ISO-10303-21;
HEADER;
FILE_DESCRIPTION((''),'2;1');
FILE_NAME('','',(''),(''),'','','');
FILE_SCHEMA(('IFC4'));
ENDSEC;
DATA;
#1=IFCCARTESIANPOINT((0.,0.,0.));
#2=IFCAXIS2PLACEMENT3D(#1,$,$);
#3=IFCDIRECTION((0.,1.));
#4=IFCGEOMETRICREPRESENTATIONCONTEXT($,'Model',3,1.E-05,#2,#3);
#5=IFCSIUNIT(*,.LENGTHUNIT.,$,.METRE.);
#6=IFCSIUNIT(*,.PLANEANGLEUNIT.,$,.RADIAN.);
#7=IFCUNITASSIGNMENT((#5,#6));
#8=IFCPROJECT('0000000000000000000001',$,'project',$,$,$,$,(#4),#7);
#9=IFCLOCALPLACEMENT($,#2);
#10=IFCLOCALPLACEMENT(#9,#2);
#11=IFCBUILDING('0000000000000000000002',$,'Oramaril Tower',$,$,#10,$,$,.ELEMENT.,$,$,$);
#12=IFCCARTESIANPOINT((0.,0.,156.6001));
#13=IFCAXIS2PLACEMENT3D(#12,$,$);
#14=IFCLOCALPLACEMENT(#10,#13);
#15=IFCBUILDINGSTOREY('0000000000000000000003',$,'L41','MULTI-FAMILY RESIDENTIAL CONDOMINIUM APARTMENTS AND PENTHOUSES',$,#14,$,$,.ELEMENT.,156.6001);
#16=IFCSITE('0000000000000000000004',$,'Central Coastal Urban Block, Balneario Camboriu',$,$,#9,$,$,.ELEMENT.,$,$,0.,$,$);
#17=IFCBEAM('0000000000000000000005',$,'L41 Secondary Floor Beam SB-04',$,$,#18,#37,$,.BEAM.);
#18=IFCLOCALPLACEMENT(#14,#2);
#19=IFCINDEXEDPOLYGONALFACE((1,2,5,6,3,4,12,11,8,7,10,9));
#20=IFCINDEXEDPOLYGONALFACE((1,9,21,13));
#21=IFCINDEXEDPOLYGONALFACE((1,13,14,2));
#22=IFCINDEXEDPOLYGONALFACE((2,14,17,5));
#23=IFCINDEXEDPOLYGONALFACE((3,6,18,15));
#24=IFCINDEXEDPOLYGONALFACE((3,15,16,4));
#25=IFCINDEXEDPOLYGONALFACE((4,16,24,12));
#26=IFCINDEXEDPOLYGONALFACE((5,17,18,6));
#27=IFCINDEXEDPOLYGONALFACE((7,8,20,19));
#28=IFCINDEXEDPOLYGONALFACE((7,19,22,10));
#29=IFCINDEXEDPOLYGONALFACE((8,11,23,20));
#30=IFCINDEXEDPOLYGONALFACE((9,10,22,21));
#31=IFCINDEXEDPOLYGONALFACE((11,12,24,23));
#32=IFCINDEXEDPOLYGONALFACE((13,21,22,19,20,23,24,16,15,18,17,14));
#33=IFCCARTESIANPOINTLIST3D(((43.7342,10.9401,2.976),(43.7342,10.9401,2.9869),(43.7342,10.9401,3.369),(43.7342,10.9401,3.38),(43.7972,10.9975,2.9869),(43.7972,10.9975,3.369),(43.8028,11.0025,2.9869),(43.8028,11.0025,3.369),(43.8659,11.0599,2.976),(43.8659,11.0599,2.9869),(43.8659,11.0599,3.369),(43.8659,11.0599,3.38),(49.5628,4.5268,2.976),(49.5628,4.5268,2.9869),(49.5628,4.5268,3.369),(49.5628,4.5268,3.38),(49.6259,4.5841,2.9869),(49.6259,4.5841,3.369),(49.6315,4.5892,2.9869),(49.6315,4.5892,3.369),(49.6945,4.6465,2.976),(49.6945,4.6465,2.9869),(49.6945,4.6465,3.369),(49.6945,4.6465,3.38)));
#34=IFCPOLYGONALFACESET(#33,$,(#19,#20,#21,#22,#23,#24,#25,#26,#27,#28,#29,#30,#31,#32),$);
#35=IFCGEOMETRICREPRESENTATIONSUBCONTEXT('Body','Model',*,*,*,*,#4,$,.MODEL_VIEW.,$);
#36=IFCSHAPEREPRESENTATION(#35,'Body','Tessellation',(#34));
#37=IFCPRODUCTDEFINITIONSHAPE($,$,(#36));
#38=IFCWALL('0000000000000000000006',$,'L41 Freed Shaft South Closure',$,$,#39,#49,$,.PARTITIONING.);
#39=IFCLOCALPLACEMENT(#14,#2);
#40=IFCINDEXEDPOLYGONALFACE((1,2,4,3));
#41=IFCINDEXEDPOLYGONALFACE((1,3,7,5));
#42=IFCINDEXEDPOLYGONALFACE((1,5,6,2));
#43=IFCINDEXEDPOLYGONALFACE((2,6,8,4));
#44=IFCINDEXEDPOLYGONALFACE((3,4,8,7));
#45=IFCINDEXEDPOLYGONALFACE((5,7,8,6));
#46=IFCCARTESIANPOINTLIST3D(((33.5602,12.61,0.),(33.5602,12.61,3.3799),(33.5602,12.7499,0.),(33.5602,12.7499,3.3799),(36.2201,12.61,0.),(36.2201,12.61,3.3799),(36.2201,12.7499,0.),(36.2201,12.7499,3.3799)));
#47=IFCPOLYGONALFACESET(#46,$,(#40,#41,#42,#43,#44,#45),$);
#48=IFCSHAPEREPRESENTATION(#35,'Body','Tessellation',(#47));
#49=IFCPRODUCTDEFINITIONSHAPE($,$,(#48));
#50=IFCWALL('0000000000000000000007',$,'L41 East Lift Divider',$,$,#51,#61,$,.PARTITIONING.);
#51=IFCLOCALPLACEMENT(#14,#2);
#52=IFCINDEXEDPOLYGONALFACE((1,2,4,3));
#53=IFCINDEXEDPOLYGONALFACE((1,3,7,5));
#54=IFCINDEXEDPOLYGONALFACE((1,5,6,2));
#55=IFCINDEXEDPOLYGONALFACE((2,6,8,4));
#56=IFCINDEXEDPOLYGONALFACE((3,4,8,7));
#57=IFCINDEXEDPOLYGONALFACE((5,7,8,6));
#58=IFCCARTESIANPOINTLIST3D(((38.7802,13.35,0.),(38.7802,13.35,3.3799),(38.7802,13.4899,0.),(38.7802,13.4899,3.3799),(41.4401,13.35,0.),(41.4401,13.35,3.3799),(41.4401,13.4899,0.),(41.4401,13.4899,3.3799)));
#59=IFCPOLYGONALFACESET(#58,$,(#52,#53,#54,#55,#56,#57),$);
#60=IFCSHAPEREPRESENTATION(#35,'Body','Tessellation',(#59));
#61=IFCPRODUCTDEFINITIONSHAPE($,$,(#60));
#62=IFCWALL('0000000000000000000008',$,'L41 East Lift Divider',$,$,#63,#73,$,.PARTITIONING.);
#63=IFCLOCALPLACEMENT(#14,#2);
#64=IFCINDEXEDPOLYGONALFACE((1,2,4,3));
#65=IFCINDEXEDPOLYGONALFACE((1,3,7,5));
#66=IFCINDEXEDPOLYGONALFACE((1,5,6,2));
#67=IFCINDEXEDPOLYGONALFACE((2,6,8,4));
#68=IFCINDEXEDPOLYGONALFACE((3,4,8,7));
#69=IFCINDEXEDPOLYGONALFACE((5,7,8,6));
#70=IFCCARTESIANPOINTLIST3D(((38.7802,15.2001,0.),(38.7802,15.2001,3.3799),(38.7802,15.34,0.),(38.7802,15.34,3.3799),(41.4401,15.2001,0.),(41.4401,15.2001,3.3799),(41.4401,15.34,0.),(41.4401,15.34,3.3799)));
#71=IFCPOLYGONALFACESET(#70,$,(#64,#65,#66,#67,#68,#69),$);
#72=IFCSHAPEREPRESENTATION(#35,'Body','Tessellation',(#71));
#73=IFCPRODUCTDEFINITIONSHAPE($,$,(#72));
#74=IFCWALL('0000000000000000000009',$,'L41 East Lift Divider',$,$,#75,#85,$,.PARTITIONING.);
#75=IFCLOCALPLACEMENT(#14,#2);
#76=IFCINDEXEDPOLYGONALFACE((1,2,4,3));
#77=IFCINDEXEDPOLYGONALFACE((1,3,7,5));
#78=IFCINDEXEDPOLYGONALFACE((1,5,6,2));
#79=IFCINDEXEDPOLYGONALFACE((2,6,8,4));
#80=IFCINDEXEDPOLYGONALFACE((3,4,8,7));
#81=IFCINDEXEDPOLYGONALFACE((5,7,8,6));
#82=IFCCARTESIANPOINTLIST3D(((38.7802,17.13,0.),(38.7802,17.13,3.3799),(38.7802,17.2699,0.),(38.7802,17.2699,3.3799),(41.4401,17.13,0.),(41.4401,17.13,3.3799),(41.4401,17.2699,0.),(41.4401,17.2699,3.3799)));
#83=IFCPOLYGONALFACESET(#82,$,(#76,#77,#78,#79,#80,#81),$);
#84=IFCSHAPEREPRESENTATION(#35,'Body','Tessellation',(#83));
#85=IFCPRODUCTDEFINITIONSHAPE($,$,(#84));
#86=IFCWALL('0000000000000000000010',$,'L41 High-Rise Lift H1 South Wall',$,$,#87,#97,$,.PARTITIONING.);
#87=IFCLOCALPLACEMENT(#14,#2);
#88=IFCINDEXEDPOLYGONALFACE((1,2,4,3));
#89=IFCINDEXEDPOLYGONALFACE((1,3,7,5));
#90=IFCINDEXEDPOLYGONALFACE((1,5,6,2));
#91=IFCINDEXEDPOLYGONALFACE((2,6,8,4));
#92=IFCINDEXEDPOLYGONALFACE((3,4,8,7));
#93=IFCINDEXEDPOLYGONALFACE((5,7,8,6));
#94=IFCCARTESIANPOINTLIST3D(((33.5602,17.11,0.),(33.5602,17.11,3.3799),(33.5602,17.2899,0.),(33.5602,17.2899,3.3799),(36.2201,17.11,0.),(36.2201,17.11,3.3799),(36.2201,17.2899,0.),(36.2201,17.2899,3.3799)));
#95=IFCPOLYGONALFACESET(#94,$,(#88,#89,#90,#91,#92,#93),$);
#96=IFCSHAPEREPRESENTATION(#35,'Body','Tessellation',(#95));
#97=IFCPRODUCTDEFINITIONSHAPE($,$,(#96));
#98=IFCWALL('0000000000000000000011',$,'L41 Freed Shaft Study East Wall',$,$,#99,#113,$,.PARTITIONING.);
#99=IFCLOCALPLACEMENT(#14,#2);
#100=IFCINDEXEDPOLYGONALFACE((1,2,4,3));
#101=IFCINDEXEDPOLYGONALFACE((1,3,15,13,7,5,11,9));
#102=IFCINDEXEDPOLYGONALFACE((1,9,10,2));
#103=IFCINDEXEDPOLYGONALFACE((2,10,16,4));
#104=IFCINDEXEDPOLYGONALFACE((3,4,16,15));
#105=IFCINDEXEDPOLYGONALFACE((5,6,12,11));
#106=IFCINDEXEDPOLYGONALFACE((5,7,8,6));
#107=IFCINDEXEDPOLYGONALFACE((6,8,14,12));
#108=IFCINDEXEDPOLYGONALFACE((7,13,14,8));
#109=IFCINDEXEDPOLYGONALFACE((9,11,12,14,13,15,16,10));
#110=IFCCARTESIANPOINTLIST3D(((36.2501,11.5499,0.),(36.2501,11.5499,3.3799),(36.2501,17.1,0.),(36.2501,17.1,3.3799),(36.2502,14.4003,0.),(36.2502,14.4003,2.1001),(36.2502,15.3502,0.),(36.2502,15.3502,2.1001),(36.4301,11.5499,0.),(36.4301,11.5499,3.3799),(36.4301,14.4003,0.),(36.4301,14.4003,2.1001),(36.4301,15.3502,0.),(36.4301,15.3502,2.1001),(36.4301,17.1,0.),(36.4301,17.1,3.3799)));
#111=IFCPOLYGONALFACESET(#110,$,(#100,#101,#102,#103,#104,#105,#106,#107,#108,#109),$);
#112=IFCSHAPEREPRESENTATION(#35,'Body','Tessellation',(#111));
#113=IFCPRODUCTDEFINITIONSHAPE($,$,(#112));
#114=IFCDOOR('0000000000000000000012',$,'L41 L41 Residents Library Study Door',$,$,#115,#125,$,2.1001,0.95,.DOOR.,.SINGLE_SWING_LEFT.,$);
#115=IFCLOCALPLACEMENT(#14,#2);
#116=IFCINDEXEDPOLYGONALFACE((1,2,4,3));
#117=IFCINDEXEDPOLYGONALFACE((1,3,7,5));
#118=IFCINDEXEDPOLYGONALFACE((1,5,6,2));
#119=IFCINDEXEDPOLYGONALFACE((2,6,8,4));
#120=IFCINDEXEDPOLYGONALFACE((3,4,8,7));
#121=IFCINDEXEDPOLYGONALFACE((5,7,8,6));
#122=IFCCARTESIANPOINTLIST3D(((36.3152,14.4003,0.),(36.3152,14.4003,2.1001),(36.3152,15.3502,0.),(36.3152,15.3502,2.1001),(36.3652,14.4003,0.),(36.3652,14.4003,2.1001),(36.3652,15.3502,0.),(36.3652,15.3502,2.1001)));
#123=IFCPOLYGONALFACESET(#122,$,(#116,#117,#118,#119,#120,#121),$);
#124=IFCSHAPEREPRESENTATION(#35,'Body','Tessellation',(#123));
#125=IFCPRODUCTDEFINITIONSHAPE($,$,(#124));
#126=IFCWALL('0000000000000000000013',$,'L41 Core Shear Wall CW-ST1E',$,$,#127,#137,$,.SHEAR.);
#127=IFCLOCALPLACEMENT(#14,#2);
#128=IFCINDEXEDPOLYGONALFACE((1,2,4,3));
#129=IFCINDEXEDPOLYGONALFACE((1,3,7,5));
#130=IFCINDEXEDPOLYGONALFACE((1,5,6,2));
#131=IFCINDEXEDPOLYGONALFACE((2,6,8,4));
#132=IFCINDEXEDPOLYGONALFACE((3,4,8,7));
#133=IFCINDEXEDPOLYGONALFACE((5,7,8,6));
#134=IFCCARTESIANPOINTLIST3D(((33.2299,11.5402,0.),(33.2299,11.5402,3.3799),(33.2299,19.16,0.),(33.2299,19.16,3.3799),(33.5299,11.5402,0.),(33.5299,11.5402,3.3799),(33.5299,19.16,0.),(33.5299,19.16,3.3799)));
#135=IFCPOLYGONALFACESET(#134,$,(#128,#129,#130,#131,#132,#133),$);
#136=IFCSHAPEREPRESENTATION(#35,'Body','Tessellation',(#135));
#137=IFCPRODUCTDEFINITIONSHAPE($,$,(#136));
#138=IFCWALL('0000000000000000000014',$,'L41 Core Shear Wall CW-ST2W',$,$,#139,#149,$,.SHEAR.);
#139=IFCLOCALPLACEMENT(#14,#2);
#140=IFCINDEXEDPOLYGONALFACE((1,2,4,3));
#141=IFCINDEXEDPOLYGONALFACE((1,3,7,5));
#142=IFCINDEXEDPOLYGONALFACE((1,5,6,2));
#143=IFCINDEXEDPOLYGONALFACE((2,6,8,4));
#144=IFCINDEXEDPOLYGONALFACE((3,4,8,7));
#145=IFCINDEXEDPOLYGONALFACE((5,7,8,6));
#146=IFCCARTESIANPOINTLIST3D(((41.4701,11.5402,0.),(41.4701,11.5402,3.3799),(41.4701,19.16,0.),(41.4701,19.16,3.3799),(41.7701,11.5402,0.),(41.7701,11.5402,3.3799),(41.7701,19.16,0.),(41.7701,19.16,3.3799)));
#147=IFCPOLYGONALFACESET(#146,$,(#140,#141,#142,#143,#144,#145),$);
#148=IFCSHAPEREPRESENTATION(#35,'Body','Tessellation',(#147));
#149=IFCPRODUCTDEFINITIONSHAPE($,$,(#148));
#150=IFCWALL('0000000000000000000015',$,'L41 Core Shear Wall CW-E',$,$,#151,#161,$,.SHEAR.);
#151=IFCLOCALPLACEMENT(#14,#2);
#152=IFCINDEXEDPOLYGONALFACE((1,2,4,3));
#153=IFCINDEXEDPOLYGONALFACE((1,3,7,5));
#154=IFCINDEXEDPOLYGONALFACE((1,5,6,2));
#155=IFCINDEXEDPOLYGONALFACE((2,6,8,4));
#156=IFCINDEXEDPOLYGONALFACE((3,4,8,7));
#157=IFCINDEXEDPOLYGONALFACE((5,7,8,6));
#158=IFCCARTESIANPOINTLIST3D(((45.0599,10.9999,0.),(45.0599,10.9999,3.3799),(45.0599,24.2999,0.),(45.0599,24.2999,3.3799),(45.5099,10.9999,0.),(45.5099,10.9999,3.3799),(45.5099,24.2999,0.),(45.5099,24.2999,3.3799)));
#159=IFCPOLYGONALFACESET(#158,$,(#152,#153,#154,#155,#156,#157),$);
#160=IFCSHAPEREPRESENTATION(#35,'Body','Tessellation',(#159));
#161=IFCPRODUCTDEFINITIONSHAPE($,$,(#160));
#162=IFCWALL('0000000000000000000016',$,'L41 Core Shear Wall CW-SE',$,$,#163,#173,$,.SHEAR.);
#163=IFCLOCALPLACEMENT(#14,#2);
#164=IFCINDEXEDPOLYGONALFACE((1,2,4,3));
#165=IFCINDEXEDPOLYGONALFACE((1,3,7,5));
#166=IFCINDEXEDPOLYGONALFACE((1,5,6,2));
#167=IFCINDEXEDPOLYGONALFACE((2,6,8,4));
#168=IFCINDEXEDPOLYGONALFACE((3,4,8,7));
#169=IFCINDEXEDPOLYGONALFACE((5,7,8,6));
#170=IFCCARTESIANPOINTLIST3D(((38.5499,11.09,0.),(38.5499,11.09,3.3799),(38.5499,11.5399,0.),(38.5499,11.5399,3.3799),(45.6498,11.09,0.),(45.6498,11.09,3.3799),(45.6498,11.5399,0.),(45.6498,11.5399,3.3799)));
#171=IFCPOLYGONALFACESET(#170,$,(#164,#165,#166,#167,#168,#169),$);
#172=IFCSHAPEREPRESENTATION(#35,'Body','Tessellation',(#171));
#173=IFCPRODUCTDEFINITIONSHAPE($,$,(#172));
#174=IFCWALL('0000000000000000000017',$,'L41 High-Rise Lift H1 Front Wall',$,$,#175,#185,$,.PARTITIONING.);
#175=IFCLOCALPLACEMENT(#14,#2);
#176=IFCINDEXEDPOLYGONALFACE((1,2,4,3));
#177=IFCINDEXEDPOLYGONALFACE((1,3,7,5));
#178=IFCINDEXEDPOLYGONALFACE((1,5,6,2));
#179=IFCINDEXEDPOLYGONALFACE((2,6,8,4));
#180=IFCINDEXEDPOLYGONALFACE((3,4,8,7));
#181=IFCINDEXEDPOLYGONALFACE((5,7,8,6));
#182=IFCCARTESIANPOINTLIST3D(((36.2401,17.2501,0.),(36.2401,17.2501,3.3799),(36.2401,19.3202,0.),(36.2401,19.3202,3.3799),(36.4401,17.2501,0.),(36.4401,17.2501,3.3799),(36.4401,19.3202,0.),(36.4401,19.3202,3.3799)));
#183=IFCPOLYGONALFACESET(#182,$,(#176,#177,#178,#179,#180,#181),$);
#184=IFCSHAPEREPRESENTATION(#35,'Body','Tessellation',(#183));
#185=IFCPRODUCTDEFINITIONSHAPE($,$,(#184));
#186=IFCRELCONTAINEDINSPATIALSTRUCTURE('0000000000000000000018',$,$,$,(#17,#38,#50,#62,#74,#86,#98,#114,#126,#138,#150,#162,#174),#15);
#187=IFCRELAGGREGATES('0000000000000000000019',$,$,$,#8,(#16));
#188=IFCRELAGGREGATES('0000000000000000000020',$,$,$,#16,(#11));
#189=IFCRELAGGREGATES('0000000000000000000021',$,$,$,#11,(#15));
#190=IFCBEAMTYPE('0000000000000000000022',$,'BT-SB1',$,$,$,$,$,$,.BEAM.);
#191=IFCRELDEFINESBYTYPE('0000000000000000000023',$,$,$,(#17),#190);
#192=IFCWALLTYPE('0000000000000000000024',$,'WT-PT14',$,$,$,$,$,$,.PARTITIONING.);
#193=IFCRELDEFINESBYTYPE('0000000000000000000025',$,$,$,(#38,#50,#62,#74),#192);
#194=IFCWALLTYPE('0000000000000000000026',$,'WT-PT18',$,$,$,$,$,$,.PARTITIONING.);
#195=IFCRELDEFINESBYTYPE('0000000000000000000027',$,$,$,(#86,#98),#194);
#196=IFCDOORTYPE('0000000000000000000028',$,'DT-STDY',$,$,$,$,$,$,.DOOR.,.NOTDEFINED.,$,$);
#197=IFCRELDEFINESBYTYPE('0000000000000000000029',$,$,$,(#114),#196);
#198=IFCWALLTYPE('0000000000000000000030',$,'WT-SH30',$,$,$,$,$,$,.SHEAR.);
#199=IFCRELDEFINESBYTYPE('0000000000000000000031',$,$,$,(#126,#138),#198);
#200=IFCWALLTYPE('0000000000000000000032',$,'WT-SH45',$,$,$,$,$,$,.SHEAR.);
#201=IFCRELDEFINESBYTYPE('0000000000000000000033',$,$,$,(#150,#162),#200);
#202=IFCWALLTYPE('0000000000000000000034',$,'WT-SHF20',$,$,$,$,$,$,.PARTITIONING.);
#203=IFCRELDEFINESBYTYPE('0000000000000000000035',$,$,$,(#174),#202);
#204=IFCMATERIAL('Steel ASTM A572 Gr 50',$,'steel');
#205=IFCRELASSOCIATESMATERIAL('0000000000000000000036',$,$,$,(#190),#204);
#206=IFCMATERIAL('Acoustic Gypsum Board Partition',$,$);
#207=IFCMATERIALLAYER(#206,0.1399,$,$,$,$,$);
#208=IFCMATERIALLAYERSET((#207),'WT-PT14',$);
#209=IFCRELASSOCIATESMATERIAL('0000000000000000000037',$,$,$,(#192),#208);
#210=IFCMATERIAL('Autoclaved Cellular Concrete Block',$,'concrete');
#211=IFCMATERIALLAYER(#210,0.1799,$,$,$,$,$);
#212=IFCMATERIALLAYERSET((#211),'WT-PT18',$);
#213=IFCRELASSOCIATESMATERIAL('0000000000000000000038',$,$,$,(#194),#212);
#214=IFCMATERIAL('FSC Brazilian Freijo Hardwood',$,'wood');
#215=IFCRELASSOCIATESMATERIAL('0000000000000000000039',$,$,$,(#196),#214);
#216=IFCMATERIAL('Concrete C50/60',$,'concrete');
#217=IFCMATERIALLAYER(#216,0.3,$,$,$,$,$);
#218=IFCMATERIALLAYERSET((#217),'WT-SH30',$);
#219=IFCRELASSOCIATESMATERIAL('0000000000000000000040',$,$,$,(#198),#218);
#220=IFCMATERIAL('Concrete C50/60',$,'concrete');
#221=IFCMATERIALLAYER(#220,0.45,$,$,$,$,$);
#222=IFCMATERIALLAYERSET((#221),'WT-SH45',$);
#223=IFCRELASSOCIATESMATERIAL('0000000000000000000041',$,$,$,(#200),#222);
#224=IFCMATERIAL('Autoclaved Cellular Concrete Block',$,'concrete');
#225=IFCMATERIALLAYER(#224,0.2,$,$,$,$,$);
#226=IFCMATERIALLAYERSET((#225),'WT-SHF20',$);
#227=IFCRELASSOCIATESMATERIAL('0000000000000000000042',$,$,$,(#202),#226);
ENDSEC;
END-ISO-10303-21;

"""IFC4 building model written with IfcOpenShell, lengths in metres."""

from ifc_helpers import new_model, si_unit, direction, frame, frame_2d, origin, origin_2d, place, context, subcontext, project, spatial, rectangle, i_section, extrude, material, layer, layer_set, material_profile, profile_set, type_object, element, fill, save


model = new_model("IFC4")

# Units and contexts
model_context = context("Model", 3, precision=1e-05, world=origin(), true_north=direction((0.0, 1.0)))
body_context = subcontext(model_context, "Body", "Model", "MODEL_VIEW")
ifc_project = project(units=[si_unit("LENGTHUNIT", "METRE"), si_unit("PLANEANGLEUNIT", "RADIAN")], contexts=[model_context])

# Site, building, storey
site_placement = place(None, origin())
site = spatial("IfcSite", under=ifc_project, at=site_placement, Name="Central Coastal Urban Block, Balneario Camboriu", CompositionType="ELEMENT", RefElevation=0.0)
building_placement = place(site_placement, origin())
building = spatial("IfcBuilding", under=site, at=building_placement, Name="Oramaril Tower", CompositionType="ELEMENT")
storey_placement = place(building_placement, frame((0.0, 0.0, 156.6001)))
storey = spatial("IfcBuildingStorey", under=building, at=storey_placement, Name="L41", Description="MULTI-FAMILY RESIDENTIAL CONDOMINIUM APARTMENTS AND PENTHOUSES", CompositionType="ELEMENT", Elevation=156.6001)

# Beam
ifc_material_1 = material(Name="Steel ASTM A572 Gr 50", Category="steel")
ifc_material_profile = material_profile(ifc_material_1, i_section(OverallWidth=0.178, OverallDepth=0.4041, WebThickness=0.0076, FlangeThickness=0.011, at=origin_2d()), Name="W16X36")
ifc_profile_set = profile_set([ifc_material_profile], Name="Steel ASTM A572 Gr 50")
beam_type = type_object("IfcBeamType", Name="BT-SB1", PredefinedType="BEAM", material=ifc_profile_set)
beam_placement = place(storey_placement, frame((43.8, 11.0, 3.178), z_axis=(0.672566, -0.740037, 0.0), x_axis=(0.740037, 0.672566, 0.0)))
element("IfcBeam", 1, at=beam_placement, inside=storey, type_object=beam_type, Name="L41 Secondary Floor Beam SB-04", PredefinedType="BEAM", context=body_context, shape_type="SweptSolid", body=[
    extrude(i_section(OverallWidth=0.178, OverallDepth=0.4041, WebThickness=0.0076, FlangeThickness=0.011, at=origin_2d()), origin(), (0.0, 0.0, 1.0), 8.6663),
])

# Walls
ifc_material_2 = material(Name="Acoustic Gypsum Board Partition")
ifc_layer_1 = layer(ifc_material_2, 0.1399)
ifc_layer_set_1 = layer_set([ifc_layer_1], Name="WT-PT14")
wall_type_1 = type_object("IfcWallType", Name="WT-PT14", PredefinedType="PARTITIONING", material=ifc_layer_set_1)
for number, where, z_axis, x_axis, name in (
    (2, (33.5601, 12.6799, 0.0), (0.0, 0.0, 1.0), (1.0, 0.0, 0.0), "L41 Freed Shaft South Closure"),
    (3, (38.78, 13.4199, 0.0), (0.0, 0.0, 1.0), (1.0, 0.0, 0.0), "L41 East Lift Divider"),
    (4, (38.78, 15.27, 0.0), (0.0, 0.0, 1.0), (1.0, 0.0, 0.0), "L41 East Lift Divider"),
    (5, (38.78, 17.2, 0.0), (0.0, 0.0, 1.0), (1.0, 0.0, 0.0), "L41 East Lift Divider"),
):
    element("IfcWall", number, at=place(storey_placement, frame(where, z_axis=z_axis, x_axis=x_axis)), inside=storey, type_object=wall_type_1, Name=name, PredefinedType="PARTITIONING", context=body_context, shape_type="SweptSolid", body=[
        extrude(rectangle(XDim=2.6599, YDim=0.1399, at=frame_2d((1.3301, 0.0))), origin(), (0.0, 0.0, 1.0), 3.3799),
    ])
ifc_material_3 = material(Name="Autoclaved Cellular Concrete Block", Category="concrete")
ifc_layer_2 = layer(ifc_material_3, 0.1799)
ifc_layer_set_2 = layer_set([ifc_layer_2], Name="WT-PT18")
wall_type_2 = type_object("IfcWallType", Name="WT-PT18", PredefinedType="PARTITIONING", material=ifc_layer_set_2)
wall_1_placement = place(storey_placement, frame((33.5601, 17.2, 0.0), z_axis=(0.0, 0.0, 1.0), x_axis=(1.0, 0.0, 0.0)))
element("IfcWall", 6, at=wall_1_placement, inside=storey, type_object=wall_type_2, Name="L41 High-Rise Lift H1 South Wall", PredefinedType="PARTITIONING", context=body_context, shape_type="SweptSolid", body=[
    extrude(rectangle(XDim=2.6599, YDim=0.1799, at=frame_2d((1.3301, 0.0))), origin(), (0.0, 0.0, 1.0), 3.3799),
])

# Wall, opening, door
wall_2_placement = place(storey_placement, frame((36.3401, 11.55, 0.0), z_axis=(0.0, 0.0, 1.0), x_axis=(0.0, 1.0, 0.0)))
wall_2 = element("IfcWall", 7, at=wall_2_placement, inside=storey, type_object=wall_type_2, Name="L41 Freed Shaft Study East Wall", PredefinedType="PARTITIONING", context=body_context, shape_type="SweptSolid", body=[
    extrude(rectangle(XDim=5.55, YDim=0.1799, at=frame_2d((2.7749, 0.0))), origin(), (0.0, 0.0, 1.0), 3.3799),
])
opening_1_placement = place(wall_2_placement, frame((2.8501, 0.0, 0.0)))
opening_1 = element("IfcOpeningElement", 8, at=opening_1_placement, cuts=wall_2, PredefinedType="OPENING", context=body_context, shape_type="SweptSolid", body=[
    extrude(rectangle(XDim=0.95, YDim=2.1001, at=frame_2d((0.4751, 1.05))), frame((0.0, 0.0898, 0.0), z_axis=(0.0, -1.0, 0.0), x_axis=(1.0, 0.0, 0.0)), (0.0, 0.0, 1.0), 0.1799),
])
ifc_material_4 = material(Name="FSC Brazilian Freijo Hardwood", Category="wood")
door_type_1 = type_object("IfcDoorType", Name="DT-STDY", OperationType="NOTDEFINED", PredefinedType="DOOR", material=ifc_material_4)
door_1_placement = place(opening_1_placement, origin())
door_1 = element("IfcDoor", 9, at=door_1_placement, inside=storey, type_object=door_type_1, Name="L41 L41 Residents Library Study Door", OperationType="SINGLE_SWING_LEFT", OverallHeight=2.1001, OverallWidth=0.95, PredefinedType="DOOR", context=body_context, shape_type="SweptSolid", body=[
    extrude(rectangle(XDim=0.95, YDim=2.1001, at=frame_2d((0.4751, 1.05))), frame((0.0, 0.0249, 0.0), z_axis=(0.0, -1.0, 0.0), x_axis=(1.0, 0.0, 0.0)), (0.0, 0.0, 1.0), 0.05),
])
fill(opening_1, door_1)

# Walls
ifc_material_5 = material(Name="Concrete C50/60", Category="concrete")
ifc_layer_3 = layer(ifc_material_5, 0.3)
ifc_layer_set_3 = layer_set([ifc_layer_3], Name="WT-SH30")
wall_type_3 = type_object("IfcWallType", Name="WT-SH30", PredefinedType="SHEAR", material=ifc_layer_set_3)
for number, where, z_axis, x_axis, name in (
    (10, (33.3799, 11.54, 0.0), (0.0, 0.0, 1.0), (0.0, 1.0, 0.0), "L41 Core Shear Wall CW-ST1E"),
    (11, (41.6201, 11.54, 0.0), (0.0, 0.0, 1.0), (0.0, 1.0, 0.0), "L41 Core Shear Wall CW-ST2W"),
):
    element("IfcWall", number, at=place(storey_placement, frame(where, z_axis=z_axis, x_axis=x_axis)), inside=storey, type_object=wall_type_3, Name=name, PredefinedType="SHEAR", context=body_context, shape_type="SweptSolid", body=[
        extrude(rectangle(XDim=7.6199, YDim=0.3, at=frame_2d((3.8101, 0.0))), origin(), (0.0, 0.0, 1.0), 3.3799),
    ])
ifc_material_6 = material(Name="Concrete C50/60", Category="concrete")
ifc_layer_4 = layer(ifc_material_6, 0.45)
ifc_layer_set_4 = layer_set([ifc_layer_4], Name="WT-SH45")
wall_type_4 = type_object("IfcWallType", Name="WT-SH45", PredefinedType="SHEAR", material=ifc_layer_set_4)
wall_3_placement = place(storey_placement, frame((45.2849, 11.0, 0.0), z_axis=(0.0, 0.0, 1.0), x_axis=(0.0, 1.0, 0.0)))
element("IfcWall", 12, at=wall_3_placement, inside=storey, type_object=wall_type_4, Name="L41 Core Shear Wall CW-E", PredefinedType="SHEAR", context=body_context, shape_type="SweptSolid", body=[
    extrude(rectangle(XDim=13.3, YDim=0.45, at=frame_2d((6.6499, 0.0))), origin(), (0.0, 0.0, 1.0), 3.3799),
])
wall_4_placement = place(storey_placement, frame((38.55, 11.3149, 0.0), z_axis=(0.0, 0.0, 1.0), x_axis=(1.0, 0.0, 0.0)))
element("IfcWall", 13, at=wall_4_placement, inside=storey, type_object=wall_type_4, Name="L41 Core Shear Wall CW-SE", PredefinedType="SHEAR", context=body_context, shape_type="SweptSolid", body=[
    extrude(rectangle(XDim=7.0999, YDim=0.45, at=frame_2d((3.5498, 0.0))), origin(), (0.0, 0.0, 1.0), 3.3799),
])
ifc_material_7 = material(Name="Autoclaved Cellular Concrete Block", Category="concrete")
ifc_layer_5 = layer(ifc_material_7, 0.2)
ifc_layer_set_5 = layer_set([ifc_layer_5], Name="WT-SHF20")
wall_type_5 = type_object("IfcWallType", Name="WT-SHF20", PredefinedType="PARTITIONING", material=ifc_layer_set_5)
wall_5_placement = place(storey_placement, frame((36.3401, 17.25, 0.0), z_axis=(0.0, 0.0, 1.0), x_axis=(0.0, 1.0, 0.0)))
element("IfcWall", 14, at=wall_5_placement, inside=storey, type_object=wall_type_5, Name="L41 High-Rise Lift H1 Front Wall", PredefinedType="PARTITIONING", context=body_context, shape_type="SweptSolid", body=[
    extrude(rectangle(XDim=2.0701, YDim=0.2, at=frame_2d((1.0352, 0.0))), origin(), (0.0, 0.0, 1.0), 3.3799),
])

save(model, "model.ifc")
